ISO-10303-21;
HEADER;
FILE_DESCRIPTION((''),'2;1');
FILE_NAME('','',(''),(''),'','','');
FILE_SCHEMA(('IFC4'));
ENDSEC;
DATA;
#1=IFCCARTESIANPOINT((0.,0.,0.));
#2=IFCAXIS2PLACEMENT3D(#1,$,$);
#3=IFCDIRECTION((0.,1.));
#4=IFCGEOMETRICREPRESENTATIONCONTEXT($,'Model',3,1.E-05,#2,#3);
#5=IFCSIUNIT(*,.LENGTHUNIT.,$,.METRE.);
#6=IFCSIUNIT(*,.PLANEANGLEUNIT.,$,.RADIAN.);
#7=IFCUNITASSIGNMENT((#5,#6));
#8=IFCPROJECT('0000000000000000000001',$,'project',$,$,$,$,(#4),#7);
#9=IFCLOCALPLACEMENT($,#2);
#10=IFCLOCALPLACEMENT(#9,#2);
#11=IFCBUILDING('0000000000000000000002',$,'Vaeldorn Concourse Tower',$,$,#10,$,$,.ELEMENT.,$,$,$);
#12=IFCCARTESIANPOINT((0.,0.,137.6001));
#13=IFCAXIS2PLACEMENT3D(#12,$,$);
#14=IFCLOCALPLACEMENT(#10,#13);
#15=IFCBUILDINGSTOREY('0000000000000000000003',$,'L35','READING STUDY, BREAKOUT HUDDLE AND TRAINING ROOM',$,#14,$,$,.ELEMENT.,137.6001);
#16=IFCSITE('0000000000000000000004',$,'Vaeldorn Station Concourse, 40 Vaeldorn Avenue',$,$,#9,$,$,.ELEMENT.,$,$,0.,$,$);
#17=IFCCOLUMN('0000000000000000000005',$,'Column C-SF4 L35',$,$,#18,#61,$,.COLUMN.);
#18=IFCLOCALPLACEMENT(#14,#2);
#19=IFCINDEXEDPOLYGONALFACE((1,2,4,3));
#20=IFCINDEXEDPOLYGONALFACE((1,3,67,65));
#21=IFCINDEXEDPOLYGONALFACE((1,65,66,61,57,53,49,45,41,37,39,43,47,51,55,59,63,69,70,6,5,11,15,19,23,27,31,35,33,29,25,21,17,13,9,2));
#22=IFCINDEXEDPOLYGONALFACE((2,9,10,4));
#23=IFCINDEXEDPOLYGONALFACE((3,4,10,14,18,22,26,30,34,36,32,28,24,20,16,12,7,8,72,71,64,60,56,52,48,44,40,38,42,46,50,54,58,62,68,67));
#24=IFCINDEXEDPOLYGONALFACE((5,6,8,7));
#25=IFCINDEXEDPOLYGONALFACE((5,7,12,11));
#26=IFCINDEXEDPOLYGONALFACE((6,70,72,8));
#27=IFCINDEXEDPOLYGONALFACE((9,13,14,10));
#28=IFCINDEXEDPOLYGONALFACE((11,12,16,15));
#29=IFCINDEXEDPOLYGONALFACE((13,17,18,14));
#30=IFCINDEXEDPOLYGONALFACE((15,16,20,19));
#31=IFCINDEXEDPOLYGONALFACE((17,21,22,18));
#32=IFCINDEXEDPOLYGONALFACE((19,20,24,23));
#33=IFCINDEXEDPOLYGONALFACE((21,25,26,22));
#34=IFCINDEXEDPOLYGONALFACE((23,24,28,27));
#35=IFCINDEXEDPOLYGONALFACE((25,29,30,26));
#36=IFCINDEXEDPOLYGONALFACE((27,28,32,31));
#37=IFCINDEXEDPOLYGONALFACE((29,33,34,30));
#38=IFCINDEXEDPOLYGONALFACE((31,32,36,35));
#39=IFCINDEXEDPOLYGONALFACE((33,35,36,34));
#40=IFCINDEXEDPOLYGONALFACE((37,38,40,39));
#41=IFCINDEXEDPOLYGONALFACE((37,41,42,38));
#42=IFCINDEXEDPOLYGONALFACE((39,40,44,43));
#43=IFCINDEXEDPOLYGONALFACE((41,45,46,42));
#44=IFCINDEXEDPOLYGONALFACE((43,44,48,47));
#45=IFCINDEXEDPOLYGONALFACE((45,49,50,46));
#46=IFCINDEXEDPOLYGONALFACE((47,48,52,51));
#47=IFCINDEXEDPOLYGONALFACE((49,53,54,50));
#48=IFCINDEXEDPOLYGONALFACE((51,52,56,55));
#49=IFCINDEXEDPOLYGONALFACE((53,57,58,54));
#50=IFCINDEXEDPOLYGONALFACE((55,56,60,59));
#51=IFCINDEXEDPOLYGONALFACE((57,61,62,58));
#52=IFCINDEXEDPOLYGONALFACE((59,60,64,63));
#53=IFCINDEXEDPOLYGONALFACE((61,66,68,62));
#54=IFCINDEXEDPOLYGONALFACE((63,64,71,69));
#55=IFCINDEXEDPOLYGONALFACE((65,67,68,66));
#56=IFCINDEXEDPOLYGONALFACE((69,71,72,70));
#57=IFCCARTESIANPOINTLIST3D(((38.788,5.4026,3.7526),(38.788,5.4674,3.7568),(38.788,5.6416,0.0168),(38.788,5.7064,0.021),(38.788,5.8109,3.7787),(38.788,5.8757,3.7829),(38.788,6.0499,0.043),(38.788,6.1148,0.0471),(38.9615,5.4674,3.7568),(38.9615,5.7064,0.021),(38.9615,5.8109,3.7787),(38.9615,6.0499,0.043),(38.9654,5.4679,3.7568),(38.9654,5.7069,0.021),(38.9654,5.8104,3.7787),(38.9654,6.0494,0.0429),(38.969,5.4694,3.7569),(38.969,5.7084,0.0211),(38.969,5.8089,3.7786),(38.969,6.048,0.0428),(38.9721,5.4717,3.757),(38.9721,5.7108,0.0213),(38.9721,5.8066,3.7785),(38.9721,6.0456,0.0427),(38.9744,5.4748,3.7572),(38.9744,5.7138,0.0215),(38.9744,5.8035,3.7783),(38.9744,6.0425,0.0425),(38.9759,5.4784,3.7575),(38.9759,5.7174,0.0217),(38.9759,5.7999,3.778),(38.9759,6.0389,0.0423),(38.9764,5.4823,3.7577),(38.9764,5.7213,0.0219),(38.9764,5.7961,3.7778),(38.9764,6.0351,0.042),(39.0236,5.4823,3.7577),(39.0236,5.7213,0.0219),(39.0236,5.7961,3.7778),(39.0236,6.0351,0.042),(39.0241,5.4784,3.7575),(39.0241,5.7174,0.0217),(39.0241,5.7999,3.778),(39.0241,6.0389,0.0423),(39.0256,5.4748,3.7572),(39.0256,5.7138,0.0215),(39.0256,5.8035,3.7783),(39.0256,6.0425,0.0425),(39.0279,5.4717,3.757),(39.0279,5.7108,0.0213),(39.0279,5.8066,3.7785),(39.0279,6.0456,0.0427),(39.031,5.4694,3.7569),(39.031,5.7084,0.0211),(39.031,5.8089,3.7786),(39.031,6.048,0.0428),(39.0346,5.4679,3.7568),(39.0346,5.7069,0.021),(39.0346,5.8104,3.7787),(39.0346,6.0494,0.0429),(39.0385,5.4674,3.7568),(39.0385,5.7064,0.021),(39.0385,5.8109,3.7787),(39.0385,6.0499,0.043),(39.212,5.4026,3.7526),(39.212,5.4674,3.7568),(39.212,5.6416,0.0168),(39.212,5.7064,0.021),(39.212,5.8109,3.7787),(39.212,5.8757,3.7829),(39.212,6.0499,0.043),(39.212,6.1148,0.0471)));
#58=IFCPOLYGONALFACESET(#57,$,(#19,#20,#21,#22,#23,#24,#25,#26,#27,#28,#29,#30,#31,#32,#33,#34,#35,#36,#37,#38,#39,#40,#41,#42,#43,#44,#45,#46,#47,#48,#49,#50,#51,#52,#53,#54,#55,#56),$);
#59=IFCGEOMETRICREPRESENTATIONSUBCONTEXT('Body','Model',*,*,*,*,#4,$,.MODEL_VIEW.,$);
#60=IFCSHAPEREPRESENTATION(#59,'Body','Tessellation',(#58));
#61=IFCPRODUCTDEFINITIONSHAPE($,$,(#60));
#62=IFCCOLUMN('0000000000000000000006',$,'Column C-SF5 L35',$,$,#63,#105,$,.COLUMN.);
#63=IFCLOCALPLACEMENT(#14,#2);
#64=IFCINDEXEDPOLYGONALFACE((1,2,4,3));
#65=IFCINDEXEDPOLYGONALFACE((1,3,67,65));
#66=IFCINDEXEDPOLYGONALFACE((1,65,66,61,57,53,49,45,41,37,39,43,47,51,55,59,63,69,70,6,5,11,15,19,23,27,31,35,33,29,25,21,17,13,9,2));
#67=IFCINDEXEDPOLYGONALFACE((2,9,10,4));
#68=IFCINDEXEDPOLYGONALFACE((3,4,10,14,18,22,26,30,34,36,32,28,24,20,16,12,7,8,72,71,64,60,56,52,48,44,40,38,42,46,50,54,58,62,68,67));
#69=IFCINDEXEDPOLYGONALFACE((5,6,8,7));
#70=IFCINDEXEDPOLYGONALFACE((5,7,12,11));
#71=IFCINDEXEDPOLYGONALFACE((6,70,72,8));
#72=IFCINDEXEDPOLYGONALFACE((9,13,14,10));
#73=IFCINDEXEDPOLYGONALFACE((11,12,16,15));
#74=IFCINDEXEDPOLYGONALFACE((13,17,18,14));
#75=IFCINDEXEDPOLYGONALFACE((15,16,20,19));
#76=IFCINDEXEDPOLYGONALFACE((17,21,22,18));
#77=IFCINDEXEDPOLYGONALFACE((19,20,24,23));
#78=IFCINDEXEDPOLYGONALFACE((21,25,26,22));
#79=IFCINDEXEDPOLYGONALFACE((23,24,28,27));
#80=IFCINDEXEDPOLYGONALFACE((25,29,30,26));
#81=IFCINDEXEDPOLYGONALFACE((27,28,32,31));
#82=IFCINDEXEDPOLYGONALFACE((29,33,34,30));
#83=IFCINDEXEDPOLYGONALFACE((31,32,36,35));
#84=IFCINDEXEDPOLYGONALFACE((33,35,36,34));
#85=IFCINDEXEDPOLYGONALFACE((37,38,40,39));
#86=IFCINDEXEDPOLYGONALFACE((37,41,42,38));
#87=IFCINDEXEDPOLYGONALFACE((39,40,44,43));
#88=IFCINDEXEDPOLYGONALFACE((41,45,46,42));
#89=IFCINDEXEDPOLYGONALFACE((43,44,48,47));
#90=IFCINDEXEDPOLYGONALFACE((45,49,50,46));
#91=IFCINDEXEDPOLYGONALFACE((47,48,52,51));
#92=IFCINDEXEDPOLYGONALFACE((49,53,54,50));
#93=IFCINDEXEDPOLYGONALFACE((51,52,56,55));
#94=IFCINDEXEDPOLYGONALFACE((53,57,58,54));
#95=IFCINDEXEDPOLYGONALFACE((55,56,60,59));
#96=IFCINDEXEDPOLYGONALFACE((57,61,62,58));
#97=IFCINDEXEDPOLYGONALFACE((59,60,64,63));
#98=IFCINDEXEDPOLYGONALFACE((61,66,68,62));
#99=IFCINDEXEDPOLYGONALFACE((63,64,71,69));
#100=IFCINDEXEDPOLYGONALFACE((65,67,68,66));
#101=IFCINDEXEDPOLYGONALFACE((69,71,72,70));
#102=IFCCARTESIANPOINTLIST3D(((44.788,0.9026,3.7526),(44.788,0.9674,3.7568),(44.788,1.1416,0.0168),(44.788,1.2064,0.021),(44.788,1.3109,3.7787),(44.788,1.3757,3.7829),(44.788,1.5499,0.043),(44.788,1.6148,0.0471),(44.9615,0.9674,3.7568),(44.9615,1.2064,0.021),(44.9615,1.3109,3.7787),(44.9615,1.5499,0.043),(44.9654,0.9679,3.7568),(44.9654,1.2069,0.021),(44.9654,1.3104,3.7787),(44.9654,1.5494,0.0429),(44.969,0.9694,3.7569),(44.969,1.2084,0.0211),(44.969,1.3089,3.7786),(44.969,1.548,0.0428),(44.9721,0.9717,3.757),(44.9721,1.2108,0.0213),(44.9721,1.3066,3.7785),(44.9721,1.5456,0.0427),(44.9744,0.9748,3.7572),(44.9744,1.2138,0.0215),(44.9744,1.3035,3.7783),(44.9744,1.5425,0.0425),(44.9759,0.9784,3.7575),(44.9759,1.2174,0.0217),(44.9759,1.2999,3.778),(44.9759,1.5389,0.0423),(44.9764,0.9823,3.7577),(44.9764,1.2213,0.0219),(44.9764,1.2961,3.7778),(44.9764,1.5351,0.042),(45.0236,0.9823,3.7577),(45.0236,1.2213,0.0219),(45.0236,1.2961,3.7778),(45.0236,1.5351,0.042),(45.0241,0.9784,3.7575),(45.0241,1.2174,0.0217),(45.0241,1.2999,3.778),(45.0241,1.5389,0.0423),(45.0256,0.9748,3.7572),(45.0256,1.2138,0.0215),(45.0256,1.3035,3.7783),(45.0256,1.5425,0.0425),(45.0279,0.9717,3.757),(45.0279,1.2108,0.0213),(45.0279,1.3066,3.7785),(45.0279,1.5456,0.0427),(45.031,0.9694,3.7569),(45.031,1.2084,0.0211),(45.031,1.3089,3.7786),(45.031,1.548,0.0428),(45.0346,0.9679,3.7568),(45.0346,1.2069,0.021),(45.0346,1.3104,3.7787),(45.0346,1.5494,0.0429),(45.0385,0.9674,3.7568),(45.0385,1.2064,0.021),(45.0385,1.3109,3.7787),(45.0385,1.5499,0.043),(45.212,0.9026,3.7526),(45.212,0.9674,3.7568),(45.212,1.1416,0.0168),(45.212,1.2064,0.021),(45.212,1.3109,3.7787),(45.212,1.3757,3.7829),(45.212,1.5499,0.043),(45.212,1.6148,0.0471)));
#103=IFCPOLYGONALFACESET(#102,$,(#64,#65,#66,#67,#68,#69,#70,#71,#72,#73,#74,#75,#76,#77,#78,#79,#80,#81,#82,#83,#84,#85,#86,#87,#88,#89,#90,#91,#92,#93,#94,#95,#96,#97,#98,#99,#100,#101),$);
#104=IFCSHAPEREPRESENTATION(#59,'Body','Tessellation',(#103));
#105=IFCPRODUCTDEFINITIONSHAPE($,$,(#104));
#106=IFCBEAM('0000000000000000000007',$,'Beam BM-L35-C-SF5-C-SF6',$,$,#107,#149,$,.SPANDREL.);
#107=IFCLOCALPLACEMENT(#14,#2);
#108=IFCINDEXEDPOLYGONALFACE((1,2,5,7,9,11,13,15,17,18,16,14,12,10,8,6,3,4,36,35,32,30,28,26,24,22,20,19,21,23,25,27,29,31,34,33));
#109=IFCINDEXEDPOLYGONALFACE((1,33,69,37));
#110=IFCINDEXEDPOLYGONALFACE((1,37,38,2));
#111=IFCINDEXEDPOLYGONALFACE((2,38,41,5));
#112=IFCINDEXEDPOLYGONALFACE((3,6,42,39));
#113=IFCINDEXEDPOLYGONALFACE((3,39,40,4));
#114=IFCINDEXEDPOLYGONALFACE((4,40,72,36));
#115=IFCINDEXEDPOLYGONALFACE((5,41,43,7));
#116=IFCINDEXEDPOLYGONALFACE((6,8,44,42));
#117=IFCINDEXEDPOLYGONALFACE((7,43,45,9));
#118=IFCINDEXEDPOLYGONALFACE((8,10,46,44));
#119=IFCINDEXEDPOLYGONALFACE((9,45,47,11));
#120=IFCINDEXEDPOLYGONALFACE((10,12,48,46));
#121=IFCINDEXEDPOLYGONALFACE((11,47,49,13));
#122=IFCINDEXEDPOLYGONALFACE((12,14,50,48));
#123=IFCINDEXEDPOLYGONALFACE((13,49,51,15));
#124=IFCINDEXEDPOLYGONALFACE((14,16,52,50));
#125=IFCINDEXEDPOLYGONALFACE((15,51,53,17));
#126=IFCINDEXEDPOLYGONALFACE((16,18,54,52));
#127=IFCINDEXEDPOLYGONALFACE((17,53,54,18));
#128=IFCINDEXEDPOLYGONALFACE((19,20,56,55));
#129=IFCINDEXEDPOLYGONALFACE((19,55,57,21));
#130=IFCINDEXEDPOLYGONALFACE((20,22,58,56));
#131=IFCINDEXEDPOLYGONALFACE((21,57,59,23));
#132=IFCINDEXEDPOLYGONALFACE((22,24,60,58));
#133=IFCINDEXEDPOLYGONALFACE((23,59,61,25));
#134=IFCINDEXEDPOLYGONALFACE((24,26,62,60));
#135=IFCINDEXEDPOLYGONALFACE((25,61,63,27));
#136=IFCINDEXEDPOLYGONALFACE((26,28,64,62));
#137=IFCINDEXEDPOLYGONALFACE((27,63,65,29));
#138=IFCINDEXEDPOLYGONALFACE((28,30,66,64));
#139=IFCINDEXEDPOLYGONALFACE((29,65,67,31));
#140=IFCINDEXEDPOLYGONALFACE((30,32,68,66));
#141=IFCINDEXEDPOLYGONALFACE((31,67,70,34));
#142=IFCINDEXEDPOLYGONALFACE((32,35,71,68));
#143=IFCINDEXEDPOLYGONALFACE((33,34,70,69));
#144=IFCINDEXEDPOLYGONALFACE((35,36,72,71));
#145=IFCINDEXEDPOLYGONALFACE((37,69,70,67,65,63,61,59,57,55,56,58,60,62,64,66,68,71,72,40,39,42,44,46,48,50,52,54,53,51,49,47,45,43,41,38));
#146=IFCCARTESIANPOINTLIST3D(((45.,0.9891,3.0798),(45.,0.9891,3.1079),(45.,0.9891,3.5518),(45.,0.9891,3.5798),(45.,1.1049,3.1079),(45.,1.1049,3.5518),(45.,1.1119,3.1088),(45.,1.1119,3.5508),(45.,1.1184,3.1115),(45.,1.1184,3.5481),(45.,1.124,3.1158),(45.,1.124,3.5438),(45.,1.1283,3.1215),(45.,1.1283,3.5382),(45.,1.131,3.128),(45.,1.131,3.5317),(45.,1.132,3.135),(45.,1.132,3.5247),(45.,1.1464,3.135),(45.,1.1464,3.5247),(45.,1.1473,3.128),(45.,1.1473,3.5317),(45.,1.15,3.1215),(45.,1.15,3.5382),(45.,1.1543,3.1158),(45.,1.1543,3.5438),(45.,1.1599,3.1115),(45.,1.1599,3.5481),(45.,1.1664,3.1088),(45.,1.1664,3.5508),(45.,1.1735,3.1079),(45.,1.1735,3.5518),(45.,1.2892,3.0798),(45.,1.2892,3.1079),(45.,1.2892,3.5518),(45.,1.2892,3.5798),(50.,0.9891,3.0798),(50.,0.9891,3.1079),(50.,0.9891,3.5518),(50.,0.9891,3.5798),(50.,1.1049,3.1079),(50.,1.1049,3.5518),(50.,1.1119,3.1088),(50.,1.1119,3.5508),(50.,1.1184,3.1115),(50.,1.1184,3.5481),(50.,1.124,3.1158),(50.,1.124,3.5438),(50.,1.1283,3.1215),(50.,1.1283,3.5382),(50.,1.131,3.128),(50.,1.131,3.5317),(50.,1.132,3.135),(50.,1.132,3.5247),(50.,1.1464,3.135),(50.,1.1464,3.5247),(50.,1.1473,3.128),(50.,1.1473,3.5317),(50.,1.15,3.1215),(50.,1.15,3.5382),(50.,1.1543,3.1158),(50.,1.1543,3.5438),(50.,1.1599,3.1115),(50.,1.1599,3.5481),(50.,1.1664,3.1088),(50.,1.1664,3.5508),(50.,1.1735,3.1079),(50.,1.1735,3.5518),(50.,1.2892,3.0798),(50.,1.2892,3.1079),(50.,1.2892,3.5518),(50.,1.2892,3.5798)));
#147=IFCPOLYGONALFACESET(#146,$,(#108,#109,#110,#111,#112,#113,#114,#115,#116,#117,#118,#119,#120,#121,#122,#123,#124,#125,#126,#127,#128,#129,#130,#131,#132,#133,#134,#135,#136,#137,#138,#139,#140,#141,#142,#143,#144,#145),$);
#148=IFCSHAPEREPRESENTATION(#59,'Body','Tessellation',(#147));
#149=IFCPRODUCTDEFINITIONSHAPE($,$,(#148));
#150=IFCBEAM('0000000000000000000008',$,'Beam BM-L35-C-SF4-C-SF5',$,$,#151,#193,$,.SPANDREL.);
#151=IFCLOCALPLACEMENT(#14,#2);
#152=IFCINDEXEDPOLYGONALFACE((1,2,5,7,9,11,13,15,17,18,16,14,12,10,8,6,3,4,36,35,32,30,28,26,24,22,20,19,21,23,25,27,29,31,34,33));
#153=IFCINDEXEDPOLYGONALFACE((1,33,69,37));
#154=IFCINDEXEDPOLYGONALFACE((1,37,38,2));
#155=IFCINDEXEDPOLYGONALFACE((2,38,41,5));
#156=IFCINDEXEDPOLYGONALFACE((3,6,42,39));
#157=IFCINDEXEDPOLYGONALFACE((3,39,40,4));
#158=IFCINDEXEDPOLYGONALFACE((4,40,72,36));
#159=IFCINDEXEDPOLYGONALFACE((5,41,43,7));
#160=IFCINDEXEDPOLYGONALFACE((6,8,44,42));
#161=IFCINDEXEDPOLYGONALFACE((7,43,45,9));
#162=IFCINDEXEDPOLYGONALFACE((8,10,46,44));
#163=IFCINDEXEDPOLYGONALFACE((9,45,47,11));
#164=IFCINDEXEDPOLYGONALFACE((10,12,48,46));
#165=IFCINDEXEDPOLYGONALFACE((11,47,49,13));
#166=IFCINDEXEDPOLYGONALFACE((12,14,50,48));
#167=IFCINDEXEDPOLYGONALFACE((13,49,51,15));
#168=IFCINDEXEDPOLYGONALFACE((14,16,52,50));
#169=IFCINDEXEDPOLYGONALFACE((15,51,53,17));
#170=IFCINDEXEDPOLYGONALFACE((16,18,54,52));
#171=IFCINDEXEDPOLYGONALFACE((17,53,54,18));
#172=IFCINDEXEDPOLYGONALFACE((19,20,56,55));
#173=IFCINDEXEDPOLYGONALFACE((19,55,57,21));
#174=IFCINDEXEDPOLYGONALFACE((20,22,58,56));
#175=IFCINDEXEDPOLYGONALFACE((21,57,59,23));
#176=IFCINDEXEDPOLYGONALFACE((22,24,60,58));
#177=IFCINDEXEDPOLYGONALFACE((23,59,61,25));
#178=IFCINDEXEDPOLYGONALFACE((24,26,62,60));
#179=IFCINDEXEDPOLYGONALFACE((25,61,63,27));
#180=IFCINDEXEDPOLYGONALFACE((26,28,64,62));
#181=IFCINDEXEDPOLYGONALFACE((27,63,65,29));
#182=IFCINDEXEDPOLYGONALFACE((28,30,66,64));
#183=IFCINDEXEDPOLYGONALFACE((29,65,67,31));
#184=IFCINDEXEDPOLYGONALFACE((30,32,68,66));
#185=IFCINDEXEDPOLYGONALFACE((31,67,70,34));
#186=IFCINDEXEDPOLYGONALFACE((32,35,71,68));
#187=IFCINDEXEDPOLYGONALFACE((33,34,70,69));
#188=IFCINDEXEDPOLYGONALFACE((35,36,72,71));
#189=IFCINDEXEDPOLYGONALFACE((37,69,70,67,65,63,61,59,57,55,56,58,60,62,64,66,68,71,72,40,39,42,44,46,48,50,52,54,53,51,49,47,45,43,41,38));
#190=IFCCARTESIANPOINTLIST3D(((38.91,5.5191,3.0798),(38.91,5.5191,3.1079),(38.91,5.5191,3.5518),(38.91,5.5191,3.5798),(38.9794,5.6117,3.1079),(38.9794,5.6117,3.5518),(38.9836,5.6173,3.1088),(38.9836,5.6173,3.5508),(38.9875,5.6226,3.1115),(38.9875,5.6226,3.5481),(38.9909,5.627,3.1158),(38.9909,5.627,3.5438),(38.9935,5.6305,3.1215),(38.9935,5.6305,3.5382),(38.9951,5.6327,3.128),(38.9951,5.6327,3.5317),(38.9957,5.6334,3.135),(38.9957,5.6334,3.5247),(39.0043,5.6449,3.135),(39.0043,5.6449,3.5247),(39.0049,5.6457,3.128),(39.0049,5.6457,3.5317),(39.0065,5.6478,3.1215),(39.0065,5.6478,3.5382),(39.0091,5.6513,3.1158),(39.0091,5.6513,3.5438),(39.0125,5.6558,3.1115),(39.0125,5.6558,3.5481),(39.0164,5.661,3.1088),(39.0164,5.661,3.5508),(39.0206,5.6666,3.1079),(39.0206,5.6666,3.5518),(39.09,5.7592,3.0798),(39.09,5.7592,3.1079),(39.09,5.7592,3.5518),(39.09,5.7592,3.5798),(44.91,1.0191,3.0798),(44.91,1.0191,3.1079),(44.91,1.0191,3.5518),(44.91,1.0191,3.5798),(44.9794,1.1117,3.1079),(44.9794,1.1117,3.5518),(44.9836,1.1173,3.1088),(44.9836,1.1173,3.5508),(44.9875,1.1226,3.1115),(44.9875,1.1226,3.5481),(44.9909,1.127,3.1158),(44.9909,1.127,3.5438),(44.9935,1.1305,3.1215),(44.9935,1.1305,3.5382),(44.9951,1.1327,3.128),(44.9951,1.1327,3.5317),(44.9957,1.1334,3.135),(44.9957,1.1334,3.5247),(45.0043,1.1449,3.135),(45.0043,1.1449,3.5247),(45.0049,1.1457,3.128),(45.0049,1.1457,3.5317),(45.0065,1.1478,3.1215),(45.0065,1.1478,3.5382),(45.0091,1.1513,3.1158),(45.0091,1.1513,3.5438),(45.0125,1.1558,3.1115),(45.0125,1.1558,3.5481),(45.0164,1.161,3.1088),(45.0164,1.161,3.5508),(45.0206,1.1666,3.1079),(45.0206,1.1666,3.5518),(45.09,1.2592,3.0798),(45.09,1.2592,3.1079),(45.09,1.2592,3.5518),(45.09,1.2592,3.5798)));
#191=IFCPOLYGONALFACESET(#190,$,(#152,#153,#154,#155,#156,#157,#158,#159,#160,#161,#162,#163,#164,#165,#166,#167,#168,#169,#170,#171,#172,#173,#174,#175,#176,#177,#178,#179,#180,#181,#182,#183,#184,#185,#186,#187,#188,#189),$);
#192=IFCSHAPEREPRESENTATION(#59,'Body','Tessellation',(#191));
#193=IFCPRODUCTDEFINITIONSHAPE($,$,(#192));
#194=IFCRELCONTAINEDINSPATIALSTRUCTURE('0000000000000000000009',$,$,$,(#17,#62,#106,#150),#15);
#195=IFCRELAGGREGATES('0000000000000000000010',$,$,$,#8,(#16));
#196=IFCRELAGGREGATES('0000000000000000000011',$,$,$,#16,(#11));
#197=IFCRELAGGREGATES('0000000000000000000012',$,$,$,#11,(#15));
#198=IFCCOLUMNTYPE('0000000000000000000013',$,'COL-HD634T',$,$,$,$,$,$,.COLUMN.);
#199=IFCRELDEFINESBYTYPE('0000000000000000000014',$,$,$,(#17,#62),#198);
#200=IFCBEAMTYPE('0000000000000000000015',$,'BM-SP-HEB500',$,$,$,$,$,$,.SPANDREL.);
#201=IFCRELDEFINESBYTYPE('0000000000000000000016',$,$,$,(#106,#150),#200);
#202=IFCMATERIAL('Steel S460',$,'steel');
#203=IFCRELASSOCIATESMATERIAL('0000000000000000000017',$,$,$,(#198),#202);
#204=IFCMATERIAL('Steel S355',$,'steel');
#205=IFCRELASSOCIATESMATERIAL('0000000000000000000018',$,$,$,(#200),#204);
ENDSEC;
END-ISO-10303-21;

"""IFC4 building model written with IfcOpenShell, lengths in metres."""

from ifc_helpers import new_model, si_unit, direction, frame, origin, origin_2d, place, context, subcontext, project, spatial, i_section, extrude, source, transform, mapped, material, material_profile, profile_set, type_object, element, save


model = new_model("IFC4")

# Units and contexts
model_context = context("Model", 3, precision=1e-05, world=origin(), true_north=direction((0.0, 1.0)))
body_context = subcontext(model_context, "Body", "Model", "MODEL_VIEW")
ifc_project = project(units=[si_unit("LENGTHUNIT", "METRE"), si_unit("PLANEANGLEUNIT", "RADIAN")], contexts=[model_context])

# Site, building, storey
site_placement = place(None, origin())
site = spatial("IfcSite", under=ifc_project, at=site_placement, Name="Vaeldorn Station Concourse, 40 Vaeldorn Avenue", CompositionType="ELEMENT", RefElevation=0.0)
building_placement = place(site_placement, origin())
building = spatial("IfcBuilding", under=site, at=building_placement, Name="Vaeldorn Concourse Tower", CompositionType="ELEMENT")
storey_placement = place(building_placement, frame((0.0, 0.0, 137.6001)))
storey = spatial("IfcBuildingStorey", under=building, at=storey_placement, Name="L35", Description="READING STUDY, BREAKOUT HUDDLE AND TRAINING ROOM", CompositionType="ELEMENT", Elevation=137.6001)

# Columns
ifc_material_1 = material(Name="Steel S460", Category="steel")
ifc_material_profile_1 = material_profile(ifc_material_1, i_section(OverallWidth=0.4241, OverallDepth=0.4741, WebThickness=0.0471, FlangeThickness=0.0649, FilletRadius=0.0149, at=origin_2d()), Name="HD 400x634")
ifc_profile_set_1 = profile_set([ifc_material_profile_1], Name="Steel S460")
column_type = type_object("IfcColumnType", Name="COL-HD634T", PredefinedType="COLUMN", material=ifc_profile_set_1)
shared_shape_1 = source(origin(), body_context, "Body", "SweptSolid", [
    extrude(i_section(OverallWidth=0.4241, OverallDepth=0.4741, WebThickness=0.0471, FlangeThickness=0.0649, FilletRadius=0.0149, at=origin_2d()), origin(), (0.0, 0.0, 1.0), 3.7434),
])
for number, where, z_axis, x_axis, name in (
    (1, (39.0, 5.8782, 0.032), (0.0, -0.063848, 0.99796), (1.0, 0.0, 0.0), "Column C-SF4 L35"),
    (2, (45.0, 1.3782, 0.032), (0.0, -0.063848, 0.99796), (1.0, 0.0, 0.0), "Column C-SF5 L35"),
):
    element("IfcColumn", number, at=place(storey_placement, frame(where, z_axis=z_axis, x_axis=x_axis)), inside=storey, type_object=column_type, Name=name, PredefinedType="COLUMN", context=body_context, shape_type="MappedRepresentation", body=[
        mapped(shared_shape_1, transform((0.0, 0.0, 0.0), scale=1.0)),
    ])

# Beams
ifc_material_2 = material(Name="Steel S355", Category="steel")
ifc_material_profile_2 = material_profile(ifc_material_2, i_section(OverallWidth=0.3, OverallDepth=0.5, WebThickness=0.0144, FlangeThickness=0.0281, FilletRadius=0.0271, at=origin_2d()), Name="HEB 500")
ifc_profile_set_2 = profile_set([ifc_material_profile_2], Name="Steel S355")
beam_type_1 = type_object("IfcBeamType", Name="BM-SP-HEB500", PredefinedType="SPANDREL", material=ifc_profile_set_2)
shared_shape_2 = source(origin(), body_context, "Body", "SweptSolid", [
    extrude(i_section(OverallWidth=0.3, OverallDepth=0.5, WebThickness=0.0144, FlangeThickness=0.0281, FilletRadius=0.0271, at=origin_2d()), origin(), (0.0, 0.0, 1.0), 5.0),
])
beam_1_placement = place(storey_placement, frame((45.0, 1.1392, 3.3298), z_axis=(1.0, 0.0, 0.0), x_axis=(0.0, 1.0, 0.0)))
element("IfcBeam", 3, at=beam_1_placement, inside=storey, type_object=beam_type_1, Name="Beam BM-L35-C-SF5-C-SF6", PredefinedType="SPANDREL", context=body_context, shape_type="MappedRepresentation", body=[
    mapped(shared_shape_2, transform((0.0, 0.0, 0.0), scale=1.0)),
])
shared_shape_3 = source(origin(), body_context, "Body", "SweptSolid", [
    extrude(i_section(OverallWidth=0.3, OverallDepth=0.5, WebThickness=0.0144, FlangeThickness=0.0281, FilletRadius=0.0271, at=origin_2d()), origin(), (0.0, 0.0, 1.0), 7.5),
])
beam_2_placement = place(storey_placement, frame((39.0, 5.6392, 3.3298), z_axis=(0.8, -0.6, 0.0), x_axis=(0.6, 0.8, 0.0)))
element("IfcBeam", 4, at=beam_2_placement, inside=storey, type_object=beam_type_1, Name="Beam BM-L35-C-SF4-C-SF5", PredefinedType="SPANDREL", context=body_context, shape_type="MappedRepresentation", body=[
    mapped(shared_shape_3, transform((0.0, 0.0, 0.0), scale=1.0)),
])

save(model, "model.ifc")
